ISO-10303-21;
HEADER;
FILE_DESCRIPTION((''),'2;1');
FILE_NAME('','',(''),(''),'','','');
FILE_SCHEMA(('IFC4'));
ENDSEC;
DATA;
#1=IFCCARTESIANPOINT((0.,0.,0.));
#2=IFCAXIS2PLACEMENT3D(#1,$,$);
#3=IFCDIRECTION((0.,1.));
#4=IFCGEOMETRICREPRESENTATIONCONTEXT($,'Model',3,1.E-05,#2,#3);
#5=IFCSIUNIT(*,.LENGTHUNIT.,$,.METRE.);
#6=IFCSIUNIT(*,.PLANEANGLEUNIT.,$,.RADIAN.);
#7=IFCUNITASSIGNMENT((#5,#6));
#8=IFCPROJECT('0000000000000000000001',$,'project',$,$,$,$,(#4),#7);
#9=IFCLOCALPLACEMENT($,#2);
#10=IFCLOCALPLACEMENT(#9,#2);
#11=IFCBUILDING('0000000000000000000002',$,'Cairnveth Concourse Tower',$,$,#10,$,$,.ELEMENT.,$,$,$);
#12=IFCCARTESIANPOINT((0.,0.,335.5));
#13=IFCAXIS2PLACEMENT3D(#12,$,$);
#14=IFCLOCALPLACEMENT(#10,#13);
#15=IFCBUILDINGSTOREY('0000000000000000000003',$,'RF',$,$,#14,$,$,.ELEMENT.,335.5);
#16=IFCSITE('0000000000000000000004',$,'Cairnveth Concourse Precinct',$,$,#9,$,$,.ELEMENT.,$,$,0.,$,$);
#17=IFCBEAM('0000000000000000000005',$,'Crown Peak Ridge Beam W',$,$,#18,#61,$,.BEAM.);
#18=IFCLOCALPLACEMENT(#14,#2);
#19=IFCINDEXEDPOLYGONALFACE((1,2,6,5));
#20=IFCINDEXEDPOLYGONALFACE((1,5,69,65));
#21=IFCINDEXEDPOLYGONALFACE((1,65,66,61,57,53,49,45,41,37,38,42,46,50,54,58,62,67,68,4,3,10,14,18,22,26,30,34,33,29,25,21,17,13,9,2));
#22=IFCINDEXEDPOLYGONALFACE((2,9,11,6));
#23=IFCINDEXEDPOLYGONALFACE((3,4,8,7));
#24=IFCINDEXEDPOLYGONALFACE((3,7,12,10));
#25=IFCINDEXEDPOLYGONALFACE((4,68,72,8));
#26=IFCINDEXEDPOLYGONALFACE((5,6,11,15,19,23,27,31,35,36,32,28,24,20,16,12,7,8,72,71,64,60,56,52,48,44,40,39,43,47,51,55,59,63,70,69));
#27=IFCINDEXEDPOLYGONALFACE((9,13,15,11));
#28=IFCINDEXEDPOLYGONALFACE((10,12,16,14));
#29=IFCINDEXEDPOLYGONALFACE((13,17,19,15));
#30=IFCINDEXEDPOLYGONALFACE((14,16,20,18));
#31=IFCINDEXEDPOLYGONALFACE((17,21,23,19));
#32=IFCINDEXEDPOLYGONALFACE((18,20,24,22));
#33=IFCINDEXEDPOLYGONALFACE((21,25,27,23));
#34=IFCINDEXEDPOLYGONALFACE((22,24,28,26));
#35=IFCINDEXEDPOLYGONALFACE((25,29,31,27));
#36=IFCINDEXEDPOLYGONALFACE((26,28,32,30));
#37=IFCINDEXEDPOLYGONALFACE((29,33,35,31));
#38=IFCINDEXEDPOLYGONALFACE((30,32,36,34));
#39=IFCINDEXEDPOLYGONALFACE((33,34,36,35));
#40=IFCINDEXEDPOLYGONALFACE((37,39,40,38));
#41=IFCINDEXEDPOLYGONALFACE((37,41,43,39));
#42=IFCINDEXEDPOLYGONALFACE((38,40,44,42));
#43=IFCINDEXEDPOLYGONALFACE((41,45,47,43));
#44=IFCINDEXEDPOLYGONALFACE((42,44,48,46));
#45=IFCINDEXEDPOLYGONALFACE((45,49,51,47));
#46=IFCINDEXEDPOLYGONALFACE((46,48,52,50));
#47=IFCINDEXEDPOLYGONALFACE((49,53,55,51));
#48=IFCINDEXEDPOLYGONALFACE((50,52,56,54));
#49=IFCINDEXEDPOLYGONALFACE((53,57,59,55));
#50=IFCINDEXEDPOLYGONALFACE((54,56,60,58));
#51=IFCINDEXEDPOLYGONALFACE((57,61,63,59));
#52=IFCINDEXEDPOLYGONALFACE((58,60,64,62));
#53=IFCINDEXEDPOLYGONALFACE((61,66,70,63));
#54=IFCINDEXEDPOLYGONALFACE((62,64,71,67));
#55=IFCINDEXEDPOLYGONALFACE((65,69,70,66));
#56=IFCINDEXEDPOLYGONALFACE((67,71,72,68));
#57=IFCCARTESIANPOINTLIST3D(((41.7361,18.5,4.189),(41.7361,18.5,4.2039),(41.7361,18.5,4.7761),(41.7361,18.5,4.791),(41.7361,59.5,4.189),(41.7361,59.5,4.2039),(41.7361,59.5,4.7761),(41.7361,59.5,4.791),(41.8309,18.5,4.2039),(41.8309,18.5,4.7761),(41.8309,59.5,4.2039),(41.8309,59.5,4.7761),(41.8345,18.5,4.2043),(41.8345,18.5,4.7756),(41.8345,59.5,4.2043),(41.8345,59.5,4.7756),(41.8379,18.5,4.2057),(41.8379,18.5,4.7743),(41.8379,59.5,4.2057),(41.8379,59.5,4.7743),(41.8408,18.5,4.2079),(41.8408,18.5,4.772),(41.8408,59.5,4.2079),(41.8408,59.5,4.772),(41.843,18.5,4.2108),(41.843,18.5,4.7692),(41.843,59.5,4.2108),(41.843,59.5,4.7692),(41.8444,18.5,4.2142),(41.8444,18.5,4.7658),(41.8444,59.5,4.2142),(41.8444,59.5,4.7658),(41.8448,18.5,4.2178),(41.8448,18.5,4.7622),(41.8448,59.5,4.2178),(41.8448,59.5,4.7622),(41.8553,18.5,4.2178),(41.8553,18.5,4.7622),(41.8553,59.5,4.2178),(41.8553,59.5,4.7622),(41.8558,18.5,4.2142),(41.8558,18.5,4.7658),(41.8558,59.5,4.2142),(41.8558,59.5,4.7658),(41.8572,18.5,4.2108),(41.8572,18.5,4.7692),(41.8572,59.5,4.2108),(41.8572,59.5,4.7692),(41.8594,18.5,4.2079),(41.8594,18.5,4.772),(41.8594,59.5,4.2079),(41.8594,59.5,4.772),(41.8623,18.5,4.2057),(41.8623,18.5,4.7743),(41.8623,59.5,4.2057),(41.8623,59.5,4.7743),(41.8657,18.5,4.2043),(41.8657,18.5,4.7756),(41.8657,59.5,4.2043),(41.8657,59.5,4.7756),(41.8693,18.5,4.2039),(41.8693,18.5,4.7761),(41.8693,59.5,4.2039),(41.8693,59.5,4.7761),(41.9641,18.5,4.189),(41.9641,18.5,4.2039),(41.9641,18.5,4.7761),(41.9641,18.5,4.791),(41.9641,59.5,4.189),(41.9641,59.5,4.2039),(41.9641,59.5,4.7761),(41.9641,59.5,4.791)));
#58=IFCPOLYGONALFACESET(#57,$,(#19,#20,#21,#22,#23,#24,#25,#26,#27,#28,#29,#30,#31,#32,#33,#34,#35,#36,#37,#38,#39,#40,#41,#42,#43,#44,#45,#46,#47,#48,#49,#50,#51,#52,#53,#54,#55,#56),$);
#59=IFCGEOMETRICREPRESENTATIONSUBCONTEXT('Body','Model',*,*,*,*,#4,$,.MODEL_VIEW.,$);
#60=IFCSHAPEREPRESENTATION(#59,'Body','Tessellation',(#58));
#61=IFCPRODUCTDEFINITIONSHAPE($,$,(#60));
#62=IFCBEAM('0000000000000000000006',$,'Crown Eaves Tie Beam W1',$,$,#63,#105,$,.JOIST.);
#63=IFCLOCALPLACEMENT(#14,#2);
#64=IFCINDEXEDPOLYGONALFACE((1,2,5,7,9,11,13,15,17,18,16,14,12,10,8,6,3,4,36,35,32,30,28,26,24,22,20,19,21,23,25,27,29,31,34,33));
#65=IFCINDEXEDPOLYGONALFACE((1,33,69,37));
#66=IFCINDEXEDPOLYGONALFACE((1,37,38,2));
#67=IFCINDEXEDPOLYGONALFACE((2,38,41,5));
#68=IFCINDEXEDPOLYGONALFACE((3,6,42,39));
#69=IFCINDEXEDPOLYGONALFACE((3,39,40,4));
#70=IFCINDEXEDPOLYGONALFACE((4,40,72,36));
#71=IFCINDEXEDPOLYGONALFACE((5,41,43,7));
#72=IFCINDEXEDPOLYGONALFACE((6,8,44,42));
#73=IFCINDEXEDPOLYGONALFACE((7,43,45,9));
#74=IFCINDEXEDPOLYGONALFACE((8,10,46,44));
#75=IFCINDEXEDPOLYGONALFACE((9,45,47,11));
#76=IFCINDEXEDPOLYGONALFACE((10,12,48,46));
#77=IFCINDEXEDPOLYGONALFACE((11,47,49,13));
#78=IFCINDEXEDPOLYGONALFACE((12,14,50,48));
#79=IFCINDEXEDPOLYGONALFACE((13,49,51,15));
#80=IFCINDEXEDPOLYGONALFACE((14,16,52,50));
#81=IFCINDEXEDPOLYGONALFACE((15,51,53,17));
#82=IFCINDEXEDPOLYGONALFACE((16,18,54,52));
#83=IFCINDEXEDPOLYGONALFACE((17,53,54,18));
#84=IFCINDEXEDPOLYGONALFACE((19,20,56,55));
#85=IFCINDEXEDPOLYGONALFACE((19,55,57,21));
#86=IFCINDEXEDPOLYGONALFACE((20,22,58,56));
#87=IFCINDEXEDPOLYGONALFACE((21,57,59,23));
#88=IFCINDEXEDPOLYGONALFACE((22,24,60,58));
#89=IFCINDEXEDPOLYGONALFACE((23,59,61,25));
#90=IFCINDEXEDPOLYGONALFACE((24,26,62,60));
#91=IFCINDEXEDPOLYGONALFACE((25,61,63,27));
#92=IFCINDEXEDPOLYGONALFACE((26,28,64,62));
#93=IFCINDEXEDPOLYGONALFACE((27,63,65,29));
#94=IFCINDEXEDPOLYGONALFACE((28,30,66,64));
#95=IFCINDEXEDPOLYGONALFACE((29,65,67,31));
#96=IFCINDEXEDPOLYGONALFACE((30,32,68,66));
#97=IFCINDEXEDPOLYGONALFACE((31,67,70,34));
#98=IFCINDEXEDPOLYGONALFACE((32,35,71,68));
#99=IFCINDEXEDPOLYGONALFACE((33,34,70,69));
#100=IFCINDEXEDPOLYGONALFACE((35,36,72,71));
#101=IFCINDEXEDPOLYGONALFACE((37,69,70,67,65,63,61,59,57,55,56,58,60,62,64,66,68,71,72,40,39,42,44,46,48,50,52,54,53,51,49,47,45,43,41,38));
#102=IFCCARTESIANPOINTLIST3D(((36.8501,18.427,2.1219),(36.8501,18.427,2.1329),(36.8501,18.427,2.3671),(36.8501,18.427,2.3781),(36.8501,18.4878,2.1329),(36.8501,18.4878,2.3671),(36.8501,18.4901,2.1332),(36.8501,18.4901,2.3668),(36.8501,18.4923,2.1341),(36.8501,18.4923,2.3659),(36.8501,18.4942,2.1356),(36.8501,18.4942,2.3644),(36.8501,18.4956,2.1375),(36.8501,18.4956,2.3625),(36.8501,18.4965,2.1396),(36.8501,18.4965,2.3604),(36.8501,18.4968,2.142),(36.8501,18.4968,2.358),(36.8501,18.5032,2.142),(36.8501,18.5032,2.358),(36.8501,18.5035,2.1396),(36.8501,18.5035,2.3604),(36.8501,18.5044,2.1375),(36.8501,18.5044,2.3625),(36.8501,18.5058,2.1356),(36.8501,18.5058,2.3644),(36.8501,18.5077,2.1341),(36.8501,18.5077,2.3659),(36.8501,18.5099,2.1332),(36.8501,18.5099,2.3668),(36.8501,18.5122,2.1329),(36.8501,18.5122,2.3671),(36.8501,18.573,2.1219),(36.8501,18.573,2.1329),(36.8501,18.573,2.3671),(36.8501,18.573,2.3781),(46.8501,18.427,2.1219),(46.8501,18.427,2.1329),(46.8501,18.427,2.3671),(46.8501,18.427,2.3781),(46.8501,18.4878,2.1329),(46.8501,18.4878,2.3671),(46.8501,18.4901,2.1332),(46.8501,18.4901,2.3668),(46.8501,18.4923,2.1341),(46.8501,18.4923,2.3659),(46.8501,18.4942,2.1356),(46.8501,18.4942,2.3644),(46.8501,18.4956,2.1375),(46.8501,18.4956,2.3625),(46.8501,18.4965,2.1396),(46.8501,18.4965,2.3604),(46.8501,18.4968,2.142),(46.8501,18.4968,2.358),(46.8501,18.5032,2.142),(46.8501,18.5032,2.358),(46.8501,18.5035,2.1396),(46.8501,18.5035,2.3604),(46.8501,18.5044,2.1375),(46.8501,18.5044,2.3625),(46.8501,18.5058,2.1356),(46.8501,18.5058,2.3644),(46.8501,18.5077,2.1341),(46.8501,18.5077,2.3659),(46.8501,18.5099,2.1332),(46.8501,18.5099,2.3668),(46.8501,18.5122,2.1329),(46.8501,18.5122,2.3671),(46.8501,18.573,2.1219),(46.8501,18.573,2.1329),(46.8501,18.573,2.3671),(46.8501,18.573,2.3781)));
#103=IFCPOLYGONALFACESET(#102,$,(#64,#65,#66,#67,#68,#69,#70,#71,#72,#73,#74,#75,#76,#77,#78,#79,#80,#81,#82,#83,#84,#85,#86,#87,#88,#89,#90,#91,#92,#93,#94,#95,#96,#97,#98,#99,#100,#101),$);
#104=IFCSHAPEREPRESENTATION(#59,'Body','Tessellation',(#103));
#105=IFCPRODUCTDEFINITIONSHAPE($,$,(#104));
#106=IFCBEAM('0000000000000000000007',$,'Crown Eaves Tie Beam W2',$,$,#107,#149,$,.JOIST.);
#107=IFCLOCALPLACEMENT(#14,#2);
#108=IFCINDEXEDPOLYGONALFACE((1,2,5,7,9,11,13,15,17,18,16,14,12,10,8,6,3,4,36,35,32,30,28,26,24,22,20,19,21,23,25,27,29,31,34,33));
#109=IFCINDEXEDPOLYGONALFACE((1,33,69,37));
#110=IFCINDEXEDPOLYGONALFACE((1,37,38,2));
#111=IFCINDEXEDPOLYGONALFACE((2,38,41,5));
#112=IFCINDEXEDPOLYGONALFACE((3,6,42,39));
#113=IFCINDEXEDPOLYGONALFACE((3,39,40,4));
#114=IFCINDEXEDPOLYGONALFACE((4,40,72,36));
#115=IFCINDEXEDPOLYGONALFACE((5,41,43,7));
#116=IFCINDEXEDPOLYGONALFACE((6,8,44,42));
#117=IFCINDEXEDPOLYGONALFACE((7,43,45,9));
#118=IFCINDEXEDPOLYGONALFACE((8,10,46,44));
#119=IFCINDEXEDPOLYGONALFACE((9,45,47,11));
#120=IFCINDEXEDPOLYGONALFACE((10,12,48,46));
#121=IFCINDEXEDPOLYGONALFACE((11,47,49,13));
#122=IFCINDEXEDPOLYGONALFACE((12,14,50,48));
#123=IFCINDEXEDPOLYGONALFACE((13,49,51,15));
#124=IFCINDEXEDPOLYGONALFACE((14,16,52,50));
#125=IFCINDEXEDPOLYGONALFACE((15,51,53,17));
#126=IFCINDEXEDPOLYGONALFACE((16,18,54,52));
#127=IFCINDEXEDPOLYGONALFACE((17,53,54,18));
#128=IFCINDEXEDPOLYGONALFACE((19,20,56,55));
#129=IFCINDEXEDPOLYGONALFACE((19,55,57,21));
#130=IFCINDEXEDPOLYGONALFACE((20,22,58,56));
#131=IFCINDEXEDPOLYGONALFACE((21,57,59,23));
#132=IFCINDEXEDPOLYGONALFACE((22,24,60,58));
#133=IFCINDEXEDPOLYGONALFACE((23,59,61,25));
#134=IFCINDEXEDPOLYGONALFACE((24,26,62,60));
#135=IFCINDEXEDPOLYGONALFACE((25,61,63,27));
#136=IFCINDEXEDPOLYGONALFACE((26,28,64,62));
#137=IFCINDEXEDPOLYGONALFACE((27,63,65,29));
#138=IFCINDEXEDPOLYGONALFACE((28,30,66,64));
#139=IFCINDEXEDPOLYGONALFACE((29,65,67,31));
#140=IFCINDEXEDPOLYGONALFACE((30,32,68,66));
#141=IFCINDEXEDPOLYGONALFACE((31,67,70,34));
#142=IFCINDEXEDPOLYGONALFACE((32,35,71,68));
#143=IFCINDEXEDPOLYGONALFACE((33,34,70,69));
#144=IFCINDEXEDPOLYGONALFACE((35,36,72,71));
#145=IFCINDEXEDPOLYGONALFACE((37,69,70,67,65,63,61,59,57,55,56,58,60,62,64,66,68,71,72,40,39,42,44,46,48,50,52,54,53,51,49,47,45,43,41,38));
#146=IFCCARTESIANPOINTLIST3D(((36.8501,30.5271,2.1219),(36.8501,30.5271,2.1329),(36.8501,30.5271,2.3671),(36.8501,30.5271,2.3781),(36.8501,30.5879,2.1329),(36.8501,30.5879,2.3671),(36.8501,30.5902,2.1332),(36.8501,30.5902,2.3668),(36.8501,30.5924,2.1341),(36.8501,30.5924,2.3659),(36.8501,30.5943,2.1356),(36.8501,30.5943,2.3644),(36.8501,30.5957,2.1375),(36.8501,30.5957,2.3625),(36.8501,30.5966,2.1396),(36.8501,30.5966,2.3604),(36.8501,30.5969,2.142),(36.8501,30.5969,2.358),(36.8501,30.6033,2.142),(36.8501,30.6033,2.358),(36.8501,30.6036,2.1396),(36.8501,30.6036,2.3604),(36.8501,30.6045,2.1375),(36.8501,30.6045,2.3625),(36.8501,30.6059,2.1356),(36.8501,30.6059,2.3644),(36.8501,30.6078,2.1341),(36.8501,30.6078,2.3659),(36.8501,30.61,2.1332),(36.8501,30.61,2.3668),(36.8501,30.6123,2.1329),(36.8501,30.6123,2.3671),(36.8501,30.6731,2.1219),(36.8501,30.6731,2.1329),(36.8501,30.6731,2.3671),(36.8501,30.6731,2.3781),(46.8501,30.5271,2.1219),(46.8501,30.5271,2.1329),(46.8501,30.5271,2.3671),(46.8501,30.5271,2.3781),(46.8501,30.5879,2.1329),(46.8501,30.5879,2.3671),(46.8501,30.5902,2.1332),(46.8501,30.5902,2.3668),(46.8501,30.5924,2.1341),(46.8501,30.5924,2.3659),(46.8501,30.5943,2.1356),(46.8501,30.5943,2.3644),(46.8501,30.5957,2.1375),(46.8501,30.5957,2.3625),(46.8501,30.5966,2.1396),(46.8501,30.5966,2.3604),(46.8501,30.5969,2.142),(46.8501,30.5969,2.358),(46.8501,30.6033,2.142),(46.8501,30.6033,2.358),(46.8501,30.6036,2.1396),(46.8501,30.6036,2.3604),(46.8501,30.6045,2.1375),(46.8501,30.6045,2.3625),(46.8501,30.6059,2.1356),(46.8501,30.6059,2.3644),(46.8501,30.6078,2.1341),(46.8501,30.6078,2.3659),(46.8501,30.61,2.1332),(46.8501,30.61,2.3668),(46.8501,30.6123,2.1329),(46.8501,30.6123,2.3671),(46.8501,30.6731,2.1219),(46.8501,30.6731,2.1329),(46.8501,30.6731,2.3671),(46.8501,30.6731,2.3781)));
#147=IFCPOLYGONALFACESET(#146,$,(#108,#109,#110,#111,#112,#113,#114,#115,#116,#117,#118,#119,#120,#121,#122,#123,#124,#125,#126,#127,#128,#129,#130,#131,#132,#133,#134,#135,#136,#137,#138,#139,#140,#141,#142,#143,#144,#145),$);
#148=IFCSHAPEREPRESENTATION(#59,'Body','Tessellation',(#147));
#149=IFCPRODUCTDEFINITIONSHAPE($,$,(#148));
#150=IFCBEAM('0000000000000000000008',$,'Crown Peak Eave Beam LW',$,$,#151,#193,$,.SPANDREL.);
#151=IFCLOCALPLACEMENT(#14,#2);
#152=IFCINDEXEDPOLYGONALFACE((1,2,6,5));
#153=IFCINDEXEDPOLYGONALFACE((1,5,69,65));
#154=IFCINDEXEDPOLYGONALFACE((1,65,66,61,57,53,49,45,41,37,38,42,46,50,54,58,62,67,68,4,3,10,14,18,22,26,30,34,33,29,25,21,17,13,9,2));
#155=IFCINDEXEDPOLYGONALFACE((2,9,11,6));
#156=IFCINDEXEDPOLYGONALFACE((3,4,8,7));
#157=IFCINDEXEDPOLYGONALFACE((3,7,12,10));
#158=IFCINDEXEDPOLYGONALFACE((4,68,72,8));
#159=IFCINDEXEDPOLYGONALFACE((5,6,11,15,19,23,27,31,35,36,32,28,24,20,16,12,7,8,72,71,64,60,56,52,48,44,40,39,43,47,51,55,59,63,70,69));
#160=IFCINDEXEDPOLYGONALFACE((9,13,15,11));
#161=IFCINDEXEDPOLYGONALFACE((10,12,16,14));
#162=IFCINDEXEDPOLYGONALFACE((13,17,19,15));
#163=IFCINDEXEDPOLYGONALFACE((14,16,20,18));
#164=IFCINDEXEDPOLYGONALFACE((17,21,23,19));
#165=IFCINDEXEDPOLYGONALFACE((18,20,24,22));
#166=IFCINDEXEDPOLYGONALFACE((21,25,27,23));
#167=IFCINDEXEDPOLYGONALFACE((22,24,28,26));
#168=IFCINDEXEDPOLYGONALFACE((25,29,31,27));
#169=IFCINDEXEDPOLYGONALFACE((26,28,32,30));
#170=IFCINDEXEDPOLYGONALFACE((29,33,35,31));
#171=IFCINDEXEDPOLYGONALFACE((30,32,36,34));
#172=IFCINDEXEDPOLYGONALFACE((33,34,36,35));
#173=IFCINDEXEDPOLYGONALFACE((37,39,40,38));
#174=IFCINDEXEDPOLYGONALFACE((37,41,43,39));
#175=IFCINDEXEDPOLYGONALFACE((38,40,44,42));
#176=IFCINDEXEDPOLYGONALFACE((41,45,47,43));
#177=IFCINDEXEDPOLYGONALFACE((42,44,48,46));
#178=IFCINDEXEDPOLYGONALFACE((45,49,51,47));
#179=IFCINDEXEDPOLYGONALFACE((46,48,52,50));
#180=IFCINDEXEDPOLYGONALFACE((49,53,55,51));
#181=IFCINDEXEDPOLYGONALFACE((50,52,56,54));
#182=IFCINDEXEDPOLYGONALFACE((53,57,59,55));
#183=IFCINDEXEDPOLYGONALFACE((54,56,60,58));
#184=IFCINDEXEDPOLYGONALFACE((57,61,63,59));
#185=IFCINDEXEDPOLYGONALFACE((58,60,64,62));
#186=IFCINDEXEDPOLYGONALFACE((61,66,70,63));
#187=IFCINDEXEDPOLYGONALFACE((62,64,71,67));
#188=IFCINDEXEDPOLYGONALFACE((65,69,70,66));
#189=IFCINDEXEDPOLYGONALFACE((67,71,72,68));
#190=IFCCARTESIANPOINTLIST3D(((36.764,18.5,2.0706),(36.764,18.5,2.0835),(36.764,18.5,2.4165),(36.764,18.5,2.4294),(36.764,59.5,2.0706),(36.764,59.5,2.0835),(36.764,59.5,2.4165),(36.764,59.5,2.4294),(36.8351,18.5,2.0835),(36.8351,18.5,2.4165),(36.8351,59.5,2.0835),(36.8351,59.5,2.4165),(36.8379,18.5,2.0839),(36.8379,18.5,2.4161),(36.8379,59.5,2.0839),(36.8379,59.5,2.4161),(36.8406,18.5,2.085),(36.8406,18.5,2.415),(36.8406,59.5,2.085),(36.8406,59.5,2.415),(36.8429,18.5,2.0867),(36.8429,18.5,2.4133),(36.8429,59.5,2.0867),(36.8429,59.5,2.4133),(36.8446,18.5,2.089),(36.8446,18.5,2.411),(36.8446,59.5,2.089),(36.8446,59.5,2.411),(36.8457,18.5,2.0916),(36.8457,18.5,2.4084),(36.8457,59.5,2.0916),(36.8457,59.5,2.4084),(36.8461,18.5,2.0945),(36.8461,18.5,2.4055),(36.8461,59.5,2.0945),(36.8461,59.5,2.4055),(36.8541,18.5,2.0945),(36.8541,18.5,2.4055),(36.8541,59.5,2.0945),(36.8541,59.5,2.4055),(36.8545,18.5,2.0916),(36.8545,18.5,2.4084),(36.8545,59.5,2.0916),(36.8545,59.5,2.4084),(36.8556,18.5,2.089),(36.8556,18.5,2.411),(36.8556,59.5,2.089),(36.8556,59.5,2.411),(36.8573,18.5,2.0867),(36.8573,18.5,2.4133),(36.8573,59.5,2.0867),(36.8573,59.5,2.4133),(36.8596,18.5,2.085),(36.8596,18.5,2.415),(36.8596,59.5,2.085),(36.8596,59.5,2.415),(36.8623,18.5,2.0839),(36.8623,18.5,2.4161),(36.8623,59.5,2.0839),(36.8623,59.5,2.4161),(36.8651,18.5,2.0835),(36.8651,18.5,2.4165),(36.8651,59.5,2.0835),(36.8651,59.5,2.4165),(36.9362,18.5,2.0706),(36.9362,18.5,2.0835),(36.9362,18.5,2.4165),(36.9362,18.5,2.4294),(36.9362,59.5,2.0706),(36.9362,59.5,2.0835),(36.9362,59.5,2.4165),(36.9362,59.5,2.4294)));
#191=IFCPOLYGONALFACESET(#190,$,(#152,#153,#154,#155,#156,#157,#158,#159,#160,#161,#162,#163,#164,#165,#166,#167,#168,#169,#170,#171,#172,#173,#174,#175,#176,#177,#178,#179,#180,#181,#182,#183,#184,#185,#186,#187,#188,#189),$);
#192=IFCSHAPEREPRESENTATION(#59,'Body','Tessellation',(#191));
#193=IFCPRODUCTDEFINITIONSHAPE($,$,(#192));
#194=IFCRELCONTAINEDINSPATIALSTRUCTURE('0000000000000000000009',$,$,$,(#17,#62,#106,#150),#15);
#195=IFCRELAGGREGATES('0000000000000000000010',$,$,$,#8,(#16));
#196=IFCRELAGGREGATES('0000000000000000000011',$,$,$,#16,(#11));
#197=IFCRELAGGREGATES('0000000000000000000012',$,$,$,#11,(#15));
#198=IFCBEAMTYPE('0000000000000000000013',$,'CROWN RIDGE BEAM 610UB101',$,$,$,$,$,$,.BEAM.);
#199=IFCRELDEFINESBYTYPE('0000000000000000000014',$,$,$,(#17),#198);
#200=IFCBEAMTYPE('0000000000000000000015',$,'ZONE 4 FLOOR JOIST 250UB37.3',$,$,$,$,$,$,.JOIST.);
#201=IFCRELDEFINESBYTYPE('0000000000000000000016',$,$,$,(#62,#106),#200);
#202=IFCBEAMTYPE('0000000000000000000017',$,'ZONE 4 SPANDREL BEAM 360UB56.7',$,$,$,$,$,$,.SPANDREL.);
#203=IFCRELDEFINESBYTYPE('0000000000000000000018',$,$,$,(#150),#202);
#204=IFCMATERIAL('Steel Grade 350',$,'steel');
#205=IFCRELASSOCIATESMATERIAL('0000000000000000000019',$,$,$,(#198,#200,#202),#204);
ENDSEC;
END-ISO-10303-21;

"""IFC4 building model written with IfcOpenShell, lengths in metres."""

from ifc_helpers import new_model, si_unit, direction, frame, origin, origin_2d, place, context, subcontext, project, spatial, i_section, extrude, material, material_profile, profile_set, type_object, element, save


model = new_model("IFC4")

# Units and contexts
model_context = context("Model", 3, precision=1e-05, world=origin(), true_north=direction((0.0, 1.0)))
body_context = subcontext(model_context, "Body", "Model", "MODEL_VIEW")
ifc_project = project(units=[si_unit("LENGTHUNIT", "METRE"), si_unit("PLANEANGLEUNIT", "RADIAN")], contexts=[model_context])

# Site, building, storey
site_placement = place(None, origin())
site = spatial("IfcSite", under=ifc_project, at=site_placement, Name="Cairnveth Concourse Precinct", CompositionType="ELEMENT", RefElevation=0.0)
building_placement = place(site_placement, origin())
building = spatial("IfcBuilding", under=site, at=building_placement, Name="Cairnveth Concourse Tower", CompositionType="ELEMENT")
storey_placement = place(building_placement, frame((0.0, 0.0, 335.5)))
storey = spatial("IfcBuildingStorey", under=building, at=storey_placement, Name="RF", CompositionType="ELEMENT", Elevation=335.5)

# Shared definitions
ifc_material_1 = material(Name="Steel Grade 350", Category="steel")

# Beams
ifc_material_profile_1 = material_profile(ifc_material_1, i_section(OverallWidth=0.228, OverallDepth=0.6021, WebThickness=0.0105, FlangeThickness=0.0149, FilletRadius=0.0139, at=origin_2d()), Name="610UB101")
ifc_profile_set_1 = profile_set([ifc_material_profile_1], Name="Steel Grade 350")
beam_type_1 = type_object("IfcBeamType", Name="CROWN RIDGE BEAM 610UB101", PredefinedType="BEAM", material=ifc_profile_set_1)
beam_placement = place(storey_placement, frame((41.8501, 18.5, 4.49), z_axis=(0.0, 1.0, 0.0), x_axis=(-1.0, 0.0, 0.0)))
element("IfcBeam", 1, at=beam_placement, inside=storey, type_object=beam_type_1, Name="Crown Peak Ridge Beam W", PredefinedType="BEAM", context=body_context, shape_type="SweptSolid", body=[
    extrude(i_section(OverallWidth=0.228, OverallDepth=0.6021, WebThickness=0.0105, FlangeThickness=0.0149, FilletRadius=0.0139, at=origin_2d()), origin(), (0.0, 0.0, 1.0), 41.0),
])
ifc_material_profile_2 = material_profile(ifc_material_1, i_section(OverallWidth=0.146, OverallDepth=0.2561, WebThickness=0.0063, FlangeThickness=0.011, FilletRadius=0.009, at=origin_2d()), Name="250UB37.3")
ifc_profile_set_2 = profile_set([ifc_material_profile_2], Name="Steel Grade 350")
beam_type_2 = type_object("IfcBeamType", Name="ZONE 4 FLOOR JOIST 250UB37.3", PredefinedType="JOIST", material=ifc_profile_set_2)
for number, where, z_axis, x_axis, name in (
    (2, (36.8501, 18.5, 2.25), (1.0, 0.0, 0.0), (0.0, 1.0, 0.0), "Crown Eaves Tie Beam W1"),
    (3, (36.8501, 30.6001, 2.25), (1.0, 0.0, 0.0), (0.0, 1.0, 0.0), "Crown Eaves Tie Beam W2"),
):
    element("IfcBeam", number, at=place(storey_placement, frame(where, z_axis=z_axis, x_axis=x_axis)), inside=storey, type_object=beam_type_2, Name=name, PredefinedType="JOIST", context=body_context, shape_type="SweptSolid", body=[
        extrude(i_section(OverallWidth=0.146, OverallDepth=0.2561, WebThickness=0.0063, FlangeThickness=0.011, FilletRadius=0.009, at=origin_2d()), origin(), (0.0, 0.0, 1.0), 10.0),
    ])
ifc_material_profile_3 = material_profile(ifc_material_1, i_section(OverallWidth=0.1721, OverallDepth=0.3589, WebThickness=0.0081, FlangeThickness=0.0129, FilletRadius=0.011, at=origin_2d()), Name="360UB56.7")
ifc_profile_set_3 = profile_set([ifc_material_profile_3], Name="Steel Grade 350")
beam_type_3 = type_object("IfcBeamType", Name="ZONE 4 SPANDREL BEAM 360UB56.7", PredefinedType="SPANDREL", material=ifc_profile_set_3)
for number, where, z_axis, x_axis, name in (
    (4, (36.8501, 18.5, 2.25), (0.0, 1.0, 0.0), (-1.0, 0.0, 0.0), "Crown Peak Eave Beam LW"),
):
    element("IfcBeam", number, at=place(storey_placement, frame(where, z_axis=z_axis, x_axis=x_axis)), inside=storey, type_object=beam_type_3, Name=name, PredefinedType="SPANDREL", context=body_context, shape_type="SweptSolid", body=[
        extrude(i_section(OverallWidth=0.1721, OverallDepth=0.3589, WebThickness=0.0081, FlangeThickness=0.0129, FilletRadius=0.011, at=origin_2d()), origin(), (0.0, 0.0, 1.0), 41.0),
    ])

save(model, "model.ifc")
